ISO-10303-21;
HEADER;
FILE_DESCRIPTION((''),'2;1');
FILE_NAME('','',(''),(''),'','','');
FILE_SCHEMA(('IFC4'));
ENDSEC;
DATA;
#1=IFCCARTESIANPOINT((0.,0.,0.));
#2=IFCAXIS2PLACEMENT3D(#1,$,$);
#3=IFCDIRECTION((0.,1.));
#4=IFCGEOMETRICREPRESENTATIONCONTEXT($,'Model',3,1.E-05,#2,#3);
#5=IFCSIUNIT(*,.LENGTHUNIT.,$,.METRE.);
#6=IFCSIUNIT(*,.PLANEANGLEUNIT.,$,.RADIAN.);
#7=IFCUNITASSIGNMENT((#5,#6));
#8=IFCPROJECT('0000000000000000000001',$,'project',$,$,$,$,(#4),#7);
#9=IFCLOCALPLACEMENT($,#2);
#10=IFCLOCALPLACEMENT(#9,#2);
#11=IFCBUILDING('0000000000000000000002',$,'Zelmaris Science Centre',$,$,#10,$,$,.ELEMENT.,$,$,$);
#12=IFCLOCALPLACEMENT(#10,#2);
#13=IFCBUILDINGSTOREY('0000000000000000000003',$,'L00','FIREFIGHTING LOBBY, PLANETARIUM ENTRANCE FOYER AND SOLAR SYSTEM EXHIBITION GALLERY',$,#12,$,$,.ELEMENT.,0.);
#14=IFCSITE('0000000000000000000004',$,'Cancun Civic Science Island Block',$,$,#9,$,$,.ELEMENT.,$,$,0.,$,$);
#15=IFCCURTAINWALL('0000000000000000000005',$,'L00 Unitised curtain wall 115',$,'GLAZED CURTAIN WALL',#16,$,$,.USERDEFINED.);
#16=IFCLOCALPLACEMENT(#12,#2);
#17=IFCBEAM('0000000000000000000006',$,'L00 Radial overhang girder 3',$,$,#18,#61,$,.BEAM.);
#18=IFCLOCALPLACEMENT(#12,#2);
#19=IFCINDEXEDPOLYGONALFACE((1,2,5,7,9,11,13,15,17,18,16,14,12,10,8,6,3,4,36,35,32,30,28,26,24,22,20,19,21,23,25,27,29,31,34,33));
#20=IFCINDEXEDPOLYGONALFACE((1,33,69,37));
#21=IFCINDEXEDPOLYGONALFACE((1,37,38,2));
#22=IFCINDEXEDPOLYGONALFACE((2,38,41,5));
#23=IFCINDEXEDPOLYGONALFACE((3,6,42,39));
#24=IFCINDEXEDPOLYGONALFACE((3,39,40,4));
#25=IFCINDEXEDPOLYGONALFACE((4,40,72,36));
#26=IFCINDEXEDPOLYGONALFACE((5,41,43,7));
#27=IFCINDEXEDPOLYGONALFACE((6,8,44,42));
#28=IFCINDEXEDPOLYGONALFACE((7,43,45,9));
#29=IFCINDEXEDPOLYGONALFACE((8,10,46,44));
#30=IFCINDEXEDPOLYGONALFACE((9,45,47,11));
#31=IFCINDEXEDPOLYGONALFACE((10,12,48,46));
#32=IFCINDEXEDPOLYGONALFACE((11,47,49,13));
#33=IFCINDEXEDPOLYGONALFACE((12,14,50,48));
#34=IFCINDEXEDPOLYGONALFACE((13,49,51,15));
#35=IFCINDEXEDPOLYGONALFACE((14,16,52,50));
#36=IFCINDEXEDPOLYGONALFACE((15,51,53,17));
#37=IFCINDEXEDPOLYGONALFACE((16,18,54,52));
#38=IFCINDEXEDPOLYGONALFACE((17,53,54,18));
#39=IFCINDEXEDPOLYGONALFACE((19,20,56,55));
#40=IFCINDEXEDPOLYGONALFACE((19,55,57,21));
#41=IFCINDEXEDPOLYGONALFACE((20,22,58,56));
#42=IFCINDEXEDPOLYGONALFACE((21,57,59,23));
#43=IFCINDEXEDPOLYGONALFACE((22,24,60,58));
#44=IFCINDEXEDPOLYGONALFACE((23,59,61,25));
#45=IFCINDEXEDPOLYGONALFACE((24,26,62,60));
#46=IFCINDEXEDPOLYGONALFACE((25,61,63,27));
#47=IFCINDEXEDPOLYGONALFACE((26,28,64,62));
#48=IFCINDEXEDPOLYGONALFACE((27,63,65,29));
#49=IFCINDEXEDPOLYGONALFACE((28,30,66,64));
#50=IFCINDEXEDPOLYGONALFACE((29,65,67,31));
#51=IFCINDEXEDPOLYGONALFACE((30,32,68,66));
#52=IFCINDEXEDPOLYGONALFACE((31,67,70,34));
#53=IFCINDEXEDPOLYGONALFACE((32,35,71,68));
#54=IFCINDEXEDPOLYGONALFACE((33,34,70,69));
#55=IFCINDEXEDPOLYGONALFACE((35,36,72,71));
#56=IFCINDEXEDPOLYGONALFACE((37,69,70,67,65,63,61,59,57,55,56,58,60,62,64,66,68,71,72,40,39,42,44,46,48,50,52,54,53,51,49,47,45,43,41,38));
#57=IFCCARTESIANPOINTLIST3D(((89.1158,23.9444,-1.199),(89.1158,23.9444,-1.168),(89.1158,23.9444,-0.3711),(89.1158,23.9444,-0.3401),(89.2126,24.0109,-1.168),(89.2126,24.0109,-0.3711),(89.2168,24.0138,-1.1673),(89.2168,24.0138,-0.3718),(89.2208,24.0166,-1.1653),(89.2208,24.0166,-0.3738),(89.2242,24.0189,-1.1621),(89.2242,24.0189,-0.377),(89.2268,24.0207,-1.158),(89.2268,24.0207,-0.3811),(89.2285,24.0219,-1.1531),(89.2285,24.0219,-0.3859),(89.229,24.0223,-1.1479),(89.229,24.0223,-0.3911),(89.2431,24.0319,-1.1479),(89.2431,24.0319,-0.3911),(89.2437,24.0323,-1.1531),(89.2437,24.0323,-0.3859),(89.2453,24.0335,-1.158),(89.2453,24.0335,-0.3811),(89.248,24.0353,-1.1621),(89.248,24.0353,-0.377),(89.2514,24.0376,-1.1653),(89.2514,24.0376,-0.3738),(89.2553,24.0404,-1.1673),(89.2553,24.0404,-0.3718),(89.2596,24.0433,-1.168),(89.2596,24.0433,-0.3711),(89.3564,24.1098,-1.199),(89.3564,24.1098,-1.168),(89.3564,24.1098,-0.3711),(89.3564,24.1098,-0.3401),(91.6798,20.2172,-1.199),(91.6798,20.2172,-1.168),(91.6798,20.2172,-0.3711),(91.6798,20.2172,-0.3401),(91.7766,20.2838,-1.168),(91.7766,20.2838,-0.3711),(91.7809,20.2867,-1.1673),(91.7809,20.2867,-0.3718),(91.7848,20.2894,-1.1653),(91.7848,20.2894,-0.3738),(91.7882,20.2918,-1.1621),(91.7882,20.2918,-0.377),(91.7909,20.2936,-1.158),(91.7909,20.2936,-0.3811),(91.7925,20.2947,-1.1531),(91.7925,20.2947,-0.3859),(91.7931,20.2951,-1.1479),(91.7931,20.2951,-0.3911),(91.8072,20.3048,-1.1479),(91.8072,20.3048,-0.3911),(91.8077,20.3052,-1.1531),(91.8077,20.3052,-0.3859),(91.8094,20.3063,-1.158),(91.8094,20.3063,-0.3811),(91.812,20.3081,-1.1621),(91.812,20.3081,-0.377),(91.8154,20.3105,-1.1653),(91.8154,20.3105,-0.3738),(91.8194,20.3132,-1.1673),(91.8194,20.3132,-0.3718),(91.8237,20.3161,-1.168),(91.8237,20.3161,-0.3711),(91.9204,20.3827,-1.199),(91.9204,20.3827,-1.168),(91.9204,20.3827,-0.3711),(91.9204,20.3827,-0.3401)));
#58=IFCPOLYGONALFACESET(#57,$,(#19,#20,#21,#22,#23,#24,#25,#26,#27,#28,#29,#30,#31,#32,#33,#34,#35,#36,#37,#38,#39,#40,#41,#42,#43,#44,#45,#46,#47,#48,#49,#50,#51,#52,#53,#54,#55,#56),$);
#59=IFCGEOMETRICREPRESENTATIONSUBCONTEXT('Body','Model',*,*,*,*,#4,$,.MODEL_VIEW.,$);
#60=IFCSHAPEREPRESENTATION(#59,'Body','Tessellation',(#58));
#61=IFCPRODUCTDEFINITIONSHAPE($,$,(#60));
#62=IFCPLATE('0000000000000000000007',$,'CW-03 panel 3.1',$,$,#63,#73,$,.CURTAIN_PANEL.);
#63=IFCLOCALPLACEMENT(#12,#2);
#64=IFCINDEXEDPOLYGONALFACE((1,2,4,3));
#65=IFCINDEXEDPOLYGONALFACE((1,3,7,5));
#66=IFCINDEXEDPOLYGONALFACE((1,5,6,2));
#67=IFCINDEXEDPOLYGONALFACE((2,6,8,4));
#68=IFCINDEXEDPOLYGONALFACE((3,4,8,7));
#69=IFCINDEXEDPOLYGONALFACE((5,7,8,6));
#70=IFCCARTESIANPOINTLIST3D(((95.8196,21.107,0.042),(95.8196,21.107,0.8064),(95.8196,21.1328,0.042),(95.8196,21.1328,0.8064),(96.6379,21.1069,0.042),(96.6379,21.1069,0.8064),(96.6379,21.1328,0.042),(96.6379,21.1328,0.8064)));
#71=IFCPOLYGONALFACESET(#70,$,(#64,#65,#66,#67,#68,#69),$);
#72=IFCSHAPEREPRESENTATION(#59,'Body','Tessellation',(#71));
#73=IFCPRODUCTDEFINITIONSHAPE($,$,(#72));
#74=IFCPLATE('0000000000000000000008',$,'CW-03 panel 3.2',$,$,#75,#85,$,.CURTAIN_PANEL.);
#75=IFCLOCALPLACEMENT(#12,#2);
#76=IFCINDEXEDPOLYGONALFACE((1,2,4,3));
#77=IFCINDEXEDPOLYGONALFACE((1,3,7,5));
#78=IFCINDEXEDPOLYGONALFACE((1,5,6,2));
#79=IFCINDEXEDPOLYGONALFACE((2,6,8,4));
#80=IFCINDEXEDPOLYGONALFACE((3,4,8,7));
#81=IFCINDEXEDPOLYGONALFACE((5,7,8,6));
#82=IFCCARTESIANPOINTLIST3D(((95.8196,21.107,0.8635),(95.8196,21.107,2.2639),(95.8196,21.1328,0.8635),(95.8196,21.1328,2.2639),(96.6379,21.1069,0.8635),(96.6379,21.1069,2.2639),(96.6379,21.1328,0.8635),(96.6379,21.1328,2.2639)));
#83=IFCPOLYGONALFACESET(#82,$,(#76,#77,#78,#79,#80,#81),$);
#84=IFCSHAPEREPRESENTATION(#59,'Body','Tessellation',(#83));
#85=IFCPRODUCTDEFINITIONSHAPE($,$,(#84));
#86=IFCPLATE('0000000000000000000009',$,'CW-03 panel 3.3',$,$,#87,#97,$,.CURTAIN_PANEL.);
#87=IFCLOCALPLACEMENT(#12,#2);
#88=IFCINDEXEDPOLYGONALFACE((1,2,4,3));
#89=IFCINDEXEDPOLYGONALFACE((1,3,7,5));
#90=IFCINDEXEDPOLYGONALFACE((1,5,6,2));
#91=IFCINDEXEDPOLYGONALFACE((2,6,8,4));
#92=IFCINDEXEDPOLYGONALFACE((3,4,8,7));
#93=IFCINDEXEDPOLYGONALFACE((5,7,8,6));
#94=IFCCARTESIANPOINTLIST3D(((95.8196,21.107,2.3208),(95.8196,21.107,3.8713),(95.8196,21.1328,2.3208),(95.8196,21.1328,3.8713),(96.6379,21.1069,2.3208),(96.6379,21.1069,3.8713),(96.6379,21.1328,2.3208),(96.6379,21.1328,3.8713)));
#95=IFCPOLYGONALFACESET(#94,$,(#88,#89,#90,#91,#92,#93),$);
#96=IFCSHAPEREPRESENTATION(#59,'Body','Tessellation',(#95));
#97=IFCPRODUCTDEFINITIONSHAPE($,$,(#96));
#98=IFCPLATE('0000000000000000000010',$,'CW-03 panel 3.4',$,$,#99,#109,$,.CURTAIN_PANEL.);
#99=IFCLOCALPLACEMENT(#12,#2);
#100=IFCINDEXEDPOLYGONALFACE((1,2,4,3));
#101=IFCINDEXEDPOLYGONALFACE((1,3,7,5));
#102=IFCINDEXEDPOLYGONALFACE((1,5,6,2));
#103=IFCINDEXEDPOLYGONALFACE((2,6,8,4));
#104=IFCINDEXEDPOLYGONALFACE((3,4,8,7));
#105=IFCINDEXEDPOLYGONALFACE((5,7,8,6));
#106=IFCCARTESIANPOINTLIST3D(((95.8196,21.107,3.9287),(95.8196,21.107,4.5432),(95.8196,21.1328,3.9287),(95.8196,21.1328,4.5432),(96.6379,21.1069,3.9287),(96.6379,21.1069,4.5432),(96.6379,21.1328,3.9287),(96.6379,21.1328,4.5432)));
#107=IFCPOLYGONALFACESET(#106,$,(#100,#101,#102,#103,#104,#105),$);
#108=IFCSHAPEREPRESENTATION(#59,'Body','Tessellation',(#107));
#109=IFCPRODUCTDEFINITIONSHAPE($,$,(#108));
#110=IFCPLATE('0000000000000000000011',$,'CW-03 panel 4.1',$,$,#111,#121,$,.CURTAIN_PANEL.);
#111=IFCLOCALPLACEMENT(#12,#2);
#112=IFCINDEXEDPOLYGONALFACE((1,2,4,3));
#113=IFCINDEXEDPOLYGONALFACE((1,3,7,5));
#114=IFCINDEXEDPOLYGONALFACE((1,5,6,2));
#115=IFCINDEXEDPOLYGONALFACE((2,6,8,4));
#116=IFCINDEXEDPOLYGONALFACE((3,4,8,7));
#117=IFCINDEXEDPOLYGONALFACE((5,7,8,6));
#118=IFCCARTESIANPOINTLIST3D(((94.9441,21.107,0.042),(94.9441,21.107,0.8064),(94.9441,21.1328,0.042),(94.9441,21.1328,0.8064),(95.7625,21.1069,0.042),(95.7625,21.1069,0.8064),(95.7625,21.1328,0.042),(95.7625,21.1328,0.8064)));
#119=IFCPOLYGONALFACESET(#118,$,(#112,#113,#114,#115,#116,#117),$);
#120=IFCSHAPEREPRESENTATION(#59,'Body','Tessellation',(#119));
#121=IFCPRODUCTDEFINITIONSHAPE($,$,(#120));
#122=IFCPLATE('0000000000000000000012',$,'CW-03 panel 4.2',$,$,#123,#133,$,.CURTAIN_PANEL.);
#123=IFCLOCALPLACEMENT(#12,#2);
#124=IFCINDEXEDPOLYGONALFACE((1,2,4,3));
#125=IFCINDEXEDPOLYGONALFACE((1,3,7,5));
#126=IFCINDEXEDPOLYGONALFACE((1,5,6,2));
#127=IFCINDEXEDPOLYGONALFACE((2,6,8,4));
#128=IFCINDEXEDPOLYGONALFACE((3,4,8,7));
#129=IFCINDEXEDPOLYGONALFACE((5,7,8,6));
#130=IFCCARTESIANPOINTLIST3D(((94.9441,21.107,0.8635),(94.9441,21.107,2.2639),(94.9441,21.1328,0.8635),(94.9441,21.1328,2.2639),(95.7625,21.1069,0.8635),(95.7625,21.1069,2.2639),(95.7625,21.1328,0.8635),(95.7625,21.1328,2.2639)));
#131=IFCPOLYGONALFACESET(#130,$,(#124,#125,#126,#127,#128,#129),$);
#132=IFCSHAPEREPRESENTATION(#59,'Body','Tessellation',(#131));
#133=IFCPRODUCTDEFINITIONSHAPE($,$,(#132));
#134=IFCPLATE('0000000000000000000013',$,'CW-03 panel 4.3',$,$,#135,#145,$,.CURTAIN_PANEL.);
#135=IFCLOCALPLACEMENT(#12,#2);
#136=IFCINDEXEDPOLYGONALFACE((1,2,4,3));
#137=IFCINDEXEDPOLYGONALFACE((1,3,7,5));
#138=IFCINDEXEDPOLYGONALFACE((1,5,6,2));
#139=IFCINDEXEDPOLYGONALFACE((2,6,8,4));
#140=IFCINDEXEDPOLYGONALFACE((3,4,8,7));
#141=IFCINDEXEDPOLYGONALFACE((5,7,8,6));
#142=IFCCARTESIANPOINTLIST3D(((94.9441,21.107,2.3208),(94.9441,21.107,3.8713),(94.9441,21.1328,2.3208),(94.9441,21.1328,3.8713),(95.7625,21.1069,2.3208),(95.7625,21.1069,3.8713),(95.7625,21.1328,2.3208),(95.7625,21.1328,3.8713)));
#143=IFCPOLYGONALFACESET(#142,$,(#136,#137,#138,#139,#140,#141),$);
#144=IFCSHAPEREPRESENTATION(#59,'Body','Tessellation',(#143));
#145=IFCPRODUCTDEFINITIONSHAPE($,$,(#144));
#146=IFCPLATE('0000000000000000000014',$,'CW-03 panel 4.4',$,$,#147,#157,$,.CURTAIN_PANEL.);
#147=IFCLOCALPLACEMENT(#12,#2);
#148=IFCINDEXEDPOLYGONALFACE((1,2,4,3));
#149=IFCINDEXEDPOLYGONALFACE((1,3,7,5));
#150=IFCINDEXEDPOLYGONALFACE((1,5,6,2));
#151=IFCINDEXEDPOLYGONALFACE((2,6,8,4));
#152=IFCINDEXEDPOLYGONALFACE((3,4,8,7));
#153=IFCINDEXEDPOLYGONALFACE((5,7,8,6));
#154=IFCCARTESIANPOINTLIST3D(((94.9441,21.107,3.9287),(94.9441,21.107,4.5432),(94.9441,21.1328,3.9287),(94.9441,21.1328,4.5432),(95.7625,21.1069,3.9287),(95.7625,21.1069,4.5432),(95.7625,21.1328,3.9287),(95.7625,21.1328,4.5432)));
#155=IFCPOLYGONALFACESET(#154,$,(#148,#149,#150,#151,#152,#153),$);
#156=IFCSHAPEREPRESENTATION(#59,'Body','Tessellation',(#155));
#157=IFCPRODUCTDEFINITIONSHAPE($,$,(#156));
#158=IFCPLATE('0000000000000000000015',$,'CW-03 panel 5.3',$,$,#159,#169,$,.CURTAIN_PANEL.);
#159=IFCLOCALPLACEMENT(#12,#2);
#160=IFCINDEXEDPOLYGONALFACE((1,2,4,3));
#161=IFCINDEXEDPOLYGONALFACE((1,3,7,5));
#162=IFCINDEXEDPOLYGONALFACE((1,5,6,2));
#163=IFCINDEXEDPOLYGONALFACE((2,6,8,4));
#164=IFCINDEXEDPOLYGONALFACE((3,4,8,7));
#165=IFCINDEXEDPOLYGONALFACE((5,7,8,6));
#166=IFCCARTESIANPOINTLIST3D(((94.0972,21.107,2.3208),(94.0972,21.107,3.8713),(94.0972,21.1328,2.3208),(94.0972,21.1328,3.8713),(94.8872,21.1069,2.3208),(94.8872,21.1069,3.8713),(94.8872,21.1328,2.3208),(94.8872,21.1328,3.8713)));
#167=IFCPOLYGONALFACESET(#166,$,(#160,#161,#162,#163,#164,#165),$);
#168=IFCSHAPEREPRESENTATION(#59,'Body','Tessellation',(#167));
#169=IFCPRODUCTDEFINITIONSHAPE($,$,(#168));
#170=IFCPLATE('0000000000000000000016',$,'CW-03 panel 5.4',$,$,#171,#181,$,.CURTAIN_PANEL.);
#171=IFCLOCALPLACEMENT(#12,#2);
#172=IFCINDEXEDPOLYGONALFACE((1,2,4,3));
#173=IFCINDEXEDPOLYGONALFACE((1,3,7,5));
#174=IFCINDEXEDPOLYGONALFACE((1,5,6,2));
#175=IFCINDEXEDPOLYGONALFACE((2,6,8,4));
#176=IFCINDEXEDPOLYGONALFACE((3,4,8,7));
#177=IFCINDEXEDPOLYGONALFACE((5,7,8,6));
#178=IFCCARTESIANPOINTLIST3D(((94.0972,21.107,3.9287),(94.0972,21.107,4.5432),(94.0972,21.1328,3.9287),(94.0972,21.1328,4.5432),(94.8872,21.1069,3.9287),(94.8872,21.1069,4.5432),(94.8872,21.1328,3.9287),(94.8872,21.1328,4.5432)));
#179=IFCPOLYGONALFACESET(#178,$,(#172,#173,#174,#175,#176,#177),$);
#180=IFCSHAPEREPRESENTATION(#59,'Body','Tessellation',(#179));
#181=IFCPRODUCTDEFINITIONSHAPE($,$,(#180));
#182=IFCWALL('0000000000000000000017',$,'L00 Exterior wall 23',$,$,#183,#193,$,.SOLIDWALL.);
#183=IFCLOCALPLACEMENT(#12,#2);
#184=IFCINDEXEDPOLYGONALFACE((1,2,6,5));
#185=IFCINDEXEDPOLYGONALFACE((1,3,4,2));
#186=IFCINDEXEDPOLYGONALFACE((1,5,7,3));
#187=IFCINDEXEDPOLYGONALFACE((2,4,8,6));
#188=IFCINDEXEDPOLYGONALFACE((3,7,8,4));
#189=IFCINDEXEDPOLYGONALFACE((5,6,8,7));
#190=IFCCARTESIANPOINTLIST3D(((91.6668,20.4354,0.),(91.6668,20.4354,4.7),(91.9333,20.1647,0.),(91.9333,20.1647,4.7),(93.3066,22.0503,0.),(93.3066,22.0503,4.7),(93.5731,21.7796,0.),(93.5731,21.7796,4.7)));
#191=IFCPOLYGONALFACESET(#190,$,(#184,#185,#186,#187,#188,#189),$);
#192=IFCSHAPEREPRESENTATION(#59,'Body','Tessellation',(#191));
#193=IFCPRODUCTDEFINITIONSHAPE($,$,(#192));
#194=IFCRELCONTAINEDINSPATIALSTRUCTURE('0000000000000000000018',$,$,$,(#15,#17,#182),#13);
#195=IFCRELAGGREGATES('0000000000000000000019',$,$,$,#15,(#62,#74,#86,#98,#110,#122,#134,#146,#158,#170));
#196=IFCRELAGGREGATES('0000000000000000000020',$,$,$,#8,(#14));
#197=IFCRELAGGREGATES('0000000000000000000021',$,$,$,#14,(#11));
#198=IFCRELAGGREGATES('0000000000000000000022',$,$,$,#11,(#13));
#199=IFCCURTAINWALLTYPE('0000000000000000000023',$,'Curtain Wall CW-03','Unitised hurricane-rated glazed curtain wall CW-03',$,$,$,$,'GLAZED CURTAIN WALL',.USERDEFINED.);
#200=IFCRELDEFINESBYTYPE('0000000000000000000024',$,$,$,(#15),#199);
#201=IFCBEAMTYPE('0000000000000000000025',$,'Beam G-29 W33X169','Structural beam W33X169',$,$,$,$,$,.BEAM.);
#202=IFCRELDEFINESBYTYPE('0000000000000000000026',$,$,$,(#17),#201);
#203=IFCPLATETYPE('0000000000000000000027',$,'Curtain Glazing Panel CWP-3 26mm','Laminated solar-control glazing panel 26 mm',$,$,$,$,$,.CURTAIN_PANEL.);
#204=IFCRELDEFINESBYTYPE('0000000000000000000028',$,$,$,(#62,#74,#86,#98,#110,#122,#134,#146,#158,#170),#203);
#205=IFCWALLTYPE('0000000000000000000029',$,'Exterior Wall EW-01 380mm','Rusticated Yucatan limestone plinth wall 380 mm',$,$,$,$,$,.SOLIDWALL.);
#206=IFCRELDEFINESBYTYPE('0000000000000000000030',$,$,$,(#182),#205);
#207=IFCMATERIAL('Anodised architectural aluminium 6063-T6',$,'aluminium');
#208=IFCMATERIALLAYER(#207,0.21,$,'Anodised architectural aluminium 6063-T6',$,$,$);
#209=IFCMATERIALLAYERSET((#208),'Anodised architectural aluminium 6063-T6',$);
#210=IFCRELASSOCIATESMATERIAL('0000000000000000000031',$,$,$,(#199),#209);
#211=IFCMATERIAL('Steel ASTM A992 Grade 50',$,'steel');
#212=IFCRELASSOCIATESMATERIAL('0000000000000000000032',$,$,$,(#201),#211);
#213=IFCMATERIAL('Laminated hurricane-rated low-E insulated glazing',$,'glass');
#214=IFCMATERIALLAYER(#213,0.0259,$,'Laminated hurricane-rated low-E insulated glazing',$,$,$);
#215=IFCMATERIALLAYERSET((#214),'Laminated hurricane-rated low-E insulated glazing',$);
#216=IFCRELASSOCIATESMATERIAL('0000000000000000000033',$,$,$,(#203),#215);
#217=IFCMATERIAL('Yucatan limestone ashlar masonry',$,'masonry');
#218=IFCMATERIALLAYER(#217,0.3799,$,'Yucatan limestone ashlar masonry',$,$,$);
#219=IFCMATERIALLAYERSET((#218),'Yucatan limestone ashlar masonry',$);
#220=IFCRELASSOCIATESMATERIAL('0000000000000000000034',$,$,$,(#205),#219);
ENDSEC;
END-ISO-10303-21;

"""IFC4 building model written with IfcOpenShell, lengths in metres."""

from ifc_helpers import new_model, si_unit, direction, frame, frame_2d, origin, origin_2d, place, context, subcontext, project, spatial, rectangle, i_section, extrude, material, layer, layer_set, material_profile, profile_set, type_object, element, aggregate, save


model = new_model("IFC4")

# Units and contexts
model_context = context("Model", 3, precision=1e-05, world=origin(), true_north=direction((0.0, 1.0)))
body_context = subcontext(model_context, "Body", "Model", "MODEL_VIEW")
ifc_project = project(units=[si_unit("LENGTHUNIT", "METRE"), si_unit("PLANEANGLEUNIT", "RADIAN")], contexts=[model_context])

# Site, building, storey
site_placement = place(None, origin())
site = spatial("IfcSite", under=ifc_project, at=site_placement, Name="Cancun Civic Science Island Block", CompositionType="ELEMENT", RefElevation=0.0)
building_placement = place(site_placement, origin())
building = spatial("IfcBuilding", under=site, at=building_placement, Name="Zelmaris Science Centre", CompositionType="ELEMENT")
storey_placement = place(building_placement, origin())
storey = spatial("IfcBuildingStorey", under=building, at=storey_placement, Name="L00", Description="FIREFIGHTING LOBBY, PLANETARIUM ENTRANCE FOYER AND SOLAR SYSTEM EXHIBITION GALLERY", CompositionType="ELEMENT", Elevation=0.0)

# Shared definitions
ifc_material_1 = material(Name="Steel ASTM A992 Grade 50", Category="steel")

# Curtain wall
ifc_material_2 = material(Name="Anodised architectural aluminium 6063-T6", Category="aluminium")
ifc_layer_1 = layer(ifc_material_2, 0.21, Name="Anodised architectural aluminium 6063-T6")
ifc_layer_set_1 = layer_set([ifc_layer_1], Name="Anodised architectural aluminium 6063-T6")
curtain_wall_type = type_object("IfcCurtainWallType", Name="Curtain Wall CW-03", Description="Unitised hurricane-rated glazed curtain wall CW-03", ElementType="GLAZED CURTAIN WALL", PredefinedType="USERDEFINED", material=ifc_layer_set_1)
curtain_wall_placement = place(storey_placement, origin())
curtain_wall = element("IfcCurtainWall", 1, at=curtain_wall_placement, inside=storey, type_object=curtain_wall_type, Name="L00 Unitised curtain wall 115", ObjectType="GLAZED CURTAIN WALL", PredefinedType="USERDEFINED")

# Beam
ifc_material_profile_1 = material_profile(ifc_material_1, i_section(OverallWidth=0.292, OverallDepth=0.8589, WebThickness=0.0171, FlangeThickness=0.031, FilletRadius=0.02, at=origin_2d()), Name="W33X169")
ifc_profile_set_1 = profile_set([ifc_material_profile_1], Name="Steel ASTM A992 Grade 50")
beam_type_1 = type_object("IfcBeamType", Name="Beam G-29 W33X169", Description="Structural beam W33X169", PredefinedType="BEAM", material=ifc_profile_set_1)
beam_1_placement = place(storey_placement, frame((89.2361, 24.0271, -0.7695), z_axis=(0.566772, -0.823875, 0.0), x_axis=(0.823875, 0.566772, 0.0)))
element("IfcBeam", 2, at=beam_1_placement, inside=storey, type_object=beam_type_1, Name="L00 Radial overhang girder 3", PredefinedType="BEAM", context=body_context, shape_type="SweptSolid", body=[
    extrude(i_section(OverallWidth=0.292, OverallDepth=0.8589, WebThickness=0.0171, FlangeThickness=0.031, FilletRadius=0.02, at=origin_2d()), origin(), (0.0, 0.0, 1.0), 4.5239),
])

# Plates
ifc_material_3 = material(Name="Laminated hurricane-rated low-E insulated glazing", Category="glass")
ifc_layer_2 = layer(ifc_material_3, 0.0259, Name="Laminated hurricane-rated low-E insulated glazing")
ifc_layer_set_2 = layer_set([ifc_layer_2], Name="Laminated hurricane-rated low-E insulated glazing")
plate_type = type_object("IfcPlateType", Name="Curtain Glazing Panel CWP-3 26mm", Description="Laminated solar-control glazing panel 26 mm", PredefinedType="CURTAIN_PANEL", material=ifc_layer_set_2)
plate_1_placement = place(storey_placement, frame((96.2288, 21.1199, 0.042), z_axis=(0.0, 0.0, 1.0), x_axis=(-1.0, 0.000069, 0.0)))
plate_1 = element("IfcPlate", 3, at=plate_1_placement, type_object=plate_type, Name="CW-03 panel 3.1", PredefinedType="CURTAIN_PANEL", context=body_context, shape_type="SweptSolid", body=[
    extrude(rectangle(XDim=0.8184, YDim=0.0259, at=origin_2d()), origin(), (0.0, 0.0, 1.0), 0.7644),
])
plate_2_placement = place(storey_placement, frame((96.2288, 21.1199, 0.8635), z_axis=(0.0, 0.0, 1.0), x_axis=(-1.0, 0.000069, 0.0)))
plate_2 = element("IfcPlate", 4, at=plate_2_placement, type_object=plate_type, Name="CW-03 panel 3.2", PredefinedType="CURTAIN_PANEL", context=body_context, shape_type="SweptSolid", body=[
    extrude(rectangle(XDim=0.8184, YDim=0.0259, at=origin_2d()), origin(), (0.0, 0.0, 1.0), 1.4004),
])
plate_3_placement = place(storey_placement, frame((96.2288, 21.1199, 2.3208), z_axis=(0.0, 0.0, 1.0), x_axis=(-1.0, 0.000069, 0.0)))
plate_3 = element("IfcPlate", 5, at=plate_3_placement, type_object=plate_type, Name="CW-03 panel 3.3", PredefinedType="CURTAIN_PANEL", context=body_context, shape_type="SweptSolid", body=[
    extrude(rectangle(XDim=0.8184, YDim=0.0259, at=origin_2d()), origin(), (0.0, 0.0, 1.0), 1.5505),
])
plate_4_placement = place(storey_placement, frame((96.2288, 21.1199, 3.9287), z_axis=(0.0, 0.0, 1.0), x_axis=(-1.0, 0.000069, 0.0)))
plate_4 = element("IfcPlate", 6, at=plate_4_placement, type_object=plate_type, Name="CW-03 panel 3.4", PredefinedType="CURTAIN_PANEL", context=body_context, shape_type="SweptSolid", body=[
    extrude(rectangle(XDim=0.8184, YDim=0.0259, at=origin_2d()), origin(), (0.0, 0.0, 1.0), 0.6145),
])
plate_5_placement = place(storey_placement, frame((95.3533, 21.1199, 0.042), z_axis=(0.0, 0.0, 1.0), x_axis=(-1.0, 0.000069, 0.0)))
plate_5 = element("IfcPlate", 7, at=plate_5_placement, type_object=plate_type, Name="CW-03 panel 4.1", PredefinedType="CURTAIN_PANEL", context=body_context, shape_type="SweptSolid", body=[
    extrude(rectangle(XDim=0.8184, YDim=0.0259, at=origin_2d()), origin(), (0.0, 0.0, 1.0), 0.7644),
])
plate_6_placement = place(storey_placement, frame((95.3533, 21.1199, 0.8635), z_axis=(0.0, 0.0, 1.0), x_axis=(-1.0, 0.000069, 0.0)))
plate_6 = element("IfcPlate", 8, at=plate_6_placement, type_object=plate_type, Name="CW-03 panel 4.2", PredefinedType="CURTAIN_PANEL", context=body_context, shape_type="SweptSolid", body=[
    extrude(rectangle(XDim=0.8184, YDim=0.0259, at=origin_2d()), origin(), (0.0, 0.0, 1.0), 1.4004),
])
plate_7_placement = place(storey_placement, frame((95.3533, 21.1199, 2.3208), z_axis=(0.0, 0.0, 1.0), x_axis=(-1.0, 0.000069, 0.0)))
plate_7 = element("IfcPlate", 9, at=plate_7_placement, type_object=plate_type, Name="CW-03 panel 4.3", PredefinedType="CURTAIN_PANEL", context=body_context, shape_type="SweptSolid", body=[
    extrude(rectangle(XDim=0.8184, YDim=0.0259, at=origin_2d()), origin(), (0.0, 0.0, 1.0), 1.5505),
])
plate_8_placement = place(storey_placement, frame((95.3533, 21.1199, 3.9287), z_axis=(0.0, 0.0, 1.0), x_axis=(-1.0, 0.000069, 0.0)))
plate_8 = element("IfcPlate", 10, at=plate_8_placement, type_object=plate_type, Name="CW-03 panel 4.4", PredefinedType="CURTAIN_PANEL", context=body_context, shape_type="SweptSolid", body=[
    extrude(rectangle(XDim=0.8184, YDim=0.0259, at=origin_2d()), origin(), (0.0, 0.0, 1.0), 0.6145),
])
plate_9_placement = place(storey_placement, frame((94.4922, 21.1199, 2.3208), z_axis=(0.0, 0.0, 1.0), x_axis=(-1.0, 0.000069, 0.0)))
plate_9 = element("IfcPlate", 11, at=plate_9_placement, type_object=plate_type, Name="CW-03 panel 5.3", PredefinedType="CURTAIN_PANEL", context=body_context, shape_type="SweptSolid", body=[
    extrude(rectangle(XDim=0.79, YDim=0.0259, at=origin_2d()), origin(), (0.0, 0.0, 1.0), 1.5505),
])
plate_10_placement = place(storey_placement, frame((94.4922, 21.1199, 3.9287), z_axis=(0.0, 0.0, 1.0), x_axis=(-1.0, 0.000069, 0.0)))
plate_10 = element("IfcPlate", 12, at=plate_10_placement, type_object=plate_type, Name="CW-03 panel 5.4", PredefinedType="CURTAIN_PANEL", context=body_context, shape_type="SweptSolid", body=[
    extrude(rectangle(XDim=0.79, YDim=0.0259, at=origin_2d()), origin(), (0.0, 0.0, 1.0), 0.6145),
])
aggregate(curtain_wall, [plate_1, plate_2, plate_3, plate_4, plate_5, plate_6, plate_7, plate_8, plate_9, plate_10])

# Wall
ifc_material_4 = material(Name="Yucatan limestone ashlar masonry", Category="masonry")
ifc_layer_3 = layer(ifc_material_4, 0.3799, Name="Yucatan limestone ashlar masonry")
ifc_layer_set_3 = layer_set([ifc_layer_3], Name="Yucatan limestone ashlar masonry")
wall_type = type_object("IfcWallType", Name="Exterior Wall EW-01 380mm", Description="Rusticated Yucatan limestone plinth wall 380 mm", PredefinedType="SOLIDWALL", material=ifc_layer_set_3)
wall_placement = place(storey_placement, frame((93.4399, 21.915, 0.0), z_axis=(0.0, 0.0, 1.0), x_axis=(-0.712496, -0.701676, 0.0)))
element("IfcWall", 13, at=wall_placement, inside=storey, type_object=wall_type, Name="L00 Exterior wall 23", PredefinedType="SOLIDWALL", context=body_context, shape_type="SweptSolid", body=[
    extrude(rectangle(XDim=2.3015, YDim=0.3799, at=frame_2d((1.1509, 0.0))), origin(), (0.0, 0.0, 1.0), 4.7),
])

save(model, "model.ifc")
